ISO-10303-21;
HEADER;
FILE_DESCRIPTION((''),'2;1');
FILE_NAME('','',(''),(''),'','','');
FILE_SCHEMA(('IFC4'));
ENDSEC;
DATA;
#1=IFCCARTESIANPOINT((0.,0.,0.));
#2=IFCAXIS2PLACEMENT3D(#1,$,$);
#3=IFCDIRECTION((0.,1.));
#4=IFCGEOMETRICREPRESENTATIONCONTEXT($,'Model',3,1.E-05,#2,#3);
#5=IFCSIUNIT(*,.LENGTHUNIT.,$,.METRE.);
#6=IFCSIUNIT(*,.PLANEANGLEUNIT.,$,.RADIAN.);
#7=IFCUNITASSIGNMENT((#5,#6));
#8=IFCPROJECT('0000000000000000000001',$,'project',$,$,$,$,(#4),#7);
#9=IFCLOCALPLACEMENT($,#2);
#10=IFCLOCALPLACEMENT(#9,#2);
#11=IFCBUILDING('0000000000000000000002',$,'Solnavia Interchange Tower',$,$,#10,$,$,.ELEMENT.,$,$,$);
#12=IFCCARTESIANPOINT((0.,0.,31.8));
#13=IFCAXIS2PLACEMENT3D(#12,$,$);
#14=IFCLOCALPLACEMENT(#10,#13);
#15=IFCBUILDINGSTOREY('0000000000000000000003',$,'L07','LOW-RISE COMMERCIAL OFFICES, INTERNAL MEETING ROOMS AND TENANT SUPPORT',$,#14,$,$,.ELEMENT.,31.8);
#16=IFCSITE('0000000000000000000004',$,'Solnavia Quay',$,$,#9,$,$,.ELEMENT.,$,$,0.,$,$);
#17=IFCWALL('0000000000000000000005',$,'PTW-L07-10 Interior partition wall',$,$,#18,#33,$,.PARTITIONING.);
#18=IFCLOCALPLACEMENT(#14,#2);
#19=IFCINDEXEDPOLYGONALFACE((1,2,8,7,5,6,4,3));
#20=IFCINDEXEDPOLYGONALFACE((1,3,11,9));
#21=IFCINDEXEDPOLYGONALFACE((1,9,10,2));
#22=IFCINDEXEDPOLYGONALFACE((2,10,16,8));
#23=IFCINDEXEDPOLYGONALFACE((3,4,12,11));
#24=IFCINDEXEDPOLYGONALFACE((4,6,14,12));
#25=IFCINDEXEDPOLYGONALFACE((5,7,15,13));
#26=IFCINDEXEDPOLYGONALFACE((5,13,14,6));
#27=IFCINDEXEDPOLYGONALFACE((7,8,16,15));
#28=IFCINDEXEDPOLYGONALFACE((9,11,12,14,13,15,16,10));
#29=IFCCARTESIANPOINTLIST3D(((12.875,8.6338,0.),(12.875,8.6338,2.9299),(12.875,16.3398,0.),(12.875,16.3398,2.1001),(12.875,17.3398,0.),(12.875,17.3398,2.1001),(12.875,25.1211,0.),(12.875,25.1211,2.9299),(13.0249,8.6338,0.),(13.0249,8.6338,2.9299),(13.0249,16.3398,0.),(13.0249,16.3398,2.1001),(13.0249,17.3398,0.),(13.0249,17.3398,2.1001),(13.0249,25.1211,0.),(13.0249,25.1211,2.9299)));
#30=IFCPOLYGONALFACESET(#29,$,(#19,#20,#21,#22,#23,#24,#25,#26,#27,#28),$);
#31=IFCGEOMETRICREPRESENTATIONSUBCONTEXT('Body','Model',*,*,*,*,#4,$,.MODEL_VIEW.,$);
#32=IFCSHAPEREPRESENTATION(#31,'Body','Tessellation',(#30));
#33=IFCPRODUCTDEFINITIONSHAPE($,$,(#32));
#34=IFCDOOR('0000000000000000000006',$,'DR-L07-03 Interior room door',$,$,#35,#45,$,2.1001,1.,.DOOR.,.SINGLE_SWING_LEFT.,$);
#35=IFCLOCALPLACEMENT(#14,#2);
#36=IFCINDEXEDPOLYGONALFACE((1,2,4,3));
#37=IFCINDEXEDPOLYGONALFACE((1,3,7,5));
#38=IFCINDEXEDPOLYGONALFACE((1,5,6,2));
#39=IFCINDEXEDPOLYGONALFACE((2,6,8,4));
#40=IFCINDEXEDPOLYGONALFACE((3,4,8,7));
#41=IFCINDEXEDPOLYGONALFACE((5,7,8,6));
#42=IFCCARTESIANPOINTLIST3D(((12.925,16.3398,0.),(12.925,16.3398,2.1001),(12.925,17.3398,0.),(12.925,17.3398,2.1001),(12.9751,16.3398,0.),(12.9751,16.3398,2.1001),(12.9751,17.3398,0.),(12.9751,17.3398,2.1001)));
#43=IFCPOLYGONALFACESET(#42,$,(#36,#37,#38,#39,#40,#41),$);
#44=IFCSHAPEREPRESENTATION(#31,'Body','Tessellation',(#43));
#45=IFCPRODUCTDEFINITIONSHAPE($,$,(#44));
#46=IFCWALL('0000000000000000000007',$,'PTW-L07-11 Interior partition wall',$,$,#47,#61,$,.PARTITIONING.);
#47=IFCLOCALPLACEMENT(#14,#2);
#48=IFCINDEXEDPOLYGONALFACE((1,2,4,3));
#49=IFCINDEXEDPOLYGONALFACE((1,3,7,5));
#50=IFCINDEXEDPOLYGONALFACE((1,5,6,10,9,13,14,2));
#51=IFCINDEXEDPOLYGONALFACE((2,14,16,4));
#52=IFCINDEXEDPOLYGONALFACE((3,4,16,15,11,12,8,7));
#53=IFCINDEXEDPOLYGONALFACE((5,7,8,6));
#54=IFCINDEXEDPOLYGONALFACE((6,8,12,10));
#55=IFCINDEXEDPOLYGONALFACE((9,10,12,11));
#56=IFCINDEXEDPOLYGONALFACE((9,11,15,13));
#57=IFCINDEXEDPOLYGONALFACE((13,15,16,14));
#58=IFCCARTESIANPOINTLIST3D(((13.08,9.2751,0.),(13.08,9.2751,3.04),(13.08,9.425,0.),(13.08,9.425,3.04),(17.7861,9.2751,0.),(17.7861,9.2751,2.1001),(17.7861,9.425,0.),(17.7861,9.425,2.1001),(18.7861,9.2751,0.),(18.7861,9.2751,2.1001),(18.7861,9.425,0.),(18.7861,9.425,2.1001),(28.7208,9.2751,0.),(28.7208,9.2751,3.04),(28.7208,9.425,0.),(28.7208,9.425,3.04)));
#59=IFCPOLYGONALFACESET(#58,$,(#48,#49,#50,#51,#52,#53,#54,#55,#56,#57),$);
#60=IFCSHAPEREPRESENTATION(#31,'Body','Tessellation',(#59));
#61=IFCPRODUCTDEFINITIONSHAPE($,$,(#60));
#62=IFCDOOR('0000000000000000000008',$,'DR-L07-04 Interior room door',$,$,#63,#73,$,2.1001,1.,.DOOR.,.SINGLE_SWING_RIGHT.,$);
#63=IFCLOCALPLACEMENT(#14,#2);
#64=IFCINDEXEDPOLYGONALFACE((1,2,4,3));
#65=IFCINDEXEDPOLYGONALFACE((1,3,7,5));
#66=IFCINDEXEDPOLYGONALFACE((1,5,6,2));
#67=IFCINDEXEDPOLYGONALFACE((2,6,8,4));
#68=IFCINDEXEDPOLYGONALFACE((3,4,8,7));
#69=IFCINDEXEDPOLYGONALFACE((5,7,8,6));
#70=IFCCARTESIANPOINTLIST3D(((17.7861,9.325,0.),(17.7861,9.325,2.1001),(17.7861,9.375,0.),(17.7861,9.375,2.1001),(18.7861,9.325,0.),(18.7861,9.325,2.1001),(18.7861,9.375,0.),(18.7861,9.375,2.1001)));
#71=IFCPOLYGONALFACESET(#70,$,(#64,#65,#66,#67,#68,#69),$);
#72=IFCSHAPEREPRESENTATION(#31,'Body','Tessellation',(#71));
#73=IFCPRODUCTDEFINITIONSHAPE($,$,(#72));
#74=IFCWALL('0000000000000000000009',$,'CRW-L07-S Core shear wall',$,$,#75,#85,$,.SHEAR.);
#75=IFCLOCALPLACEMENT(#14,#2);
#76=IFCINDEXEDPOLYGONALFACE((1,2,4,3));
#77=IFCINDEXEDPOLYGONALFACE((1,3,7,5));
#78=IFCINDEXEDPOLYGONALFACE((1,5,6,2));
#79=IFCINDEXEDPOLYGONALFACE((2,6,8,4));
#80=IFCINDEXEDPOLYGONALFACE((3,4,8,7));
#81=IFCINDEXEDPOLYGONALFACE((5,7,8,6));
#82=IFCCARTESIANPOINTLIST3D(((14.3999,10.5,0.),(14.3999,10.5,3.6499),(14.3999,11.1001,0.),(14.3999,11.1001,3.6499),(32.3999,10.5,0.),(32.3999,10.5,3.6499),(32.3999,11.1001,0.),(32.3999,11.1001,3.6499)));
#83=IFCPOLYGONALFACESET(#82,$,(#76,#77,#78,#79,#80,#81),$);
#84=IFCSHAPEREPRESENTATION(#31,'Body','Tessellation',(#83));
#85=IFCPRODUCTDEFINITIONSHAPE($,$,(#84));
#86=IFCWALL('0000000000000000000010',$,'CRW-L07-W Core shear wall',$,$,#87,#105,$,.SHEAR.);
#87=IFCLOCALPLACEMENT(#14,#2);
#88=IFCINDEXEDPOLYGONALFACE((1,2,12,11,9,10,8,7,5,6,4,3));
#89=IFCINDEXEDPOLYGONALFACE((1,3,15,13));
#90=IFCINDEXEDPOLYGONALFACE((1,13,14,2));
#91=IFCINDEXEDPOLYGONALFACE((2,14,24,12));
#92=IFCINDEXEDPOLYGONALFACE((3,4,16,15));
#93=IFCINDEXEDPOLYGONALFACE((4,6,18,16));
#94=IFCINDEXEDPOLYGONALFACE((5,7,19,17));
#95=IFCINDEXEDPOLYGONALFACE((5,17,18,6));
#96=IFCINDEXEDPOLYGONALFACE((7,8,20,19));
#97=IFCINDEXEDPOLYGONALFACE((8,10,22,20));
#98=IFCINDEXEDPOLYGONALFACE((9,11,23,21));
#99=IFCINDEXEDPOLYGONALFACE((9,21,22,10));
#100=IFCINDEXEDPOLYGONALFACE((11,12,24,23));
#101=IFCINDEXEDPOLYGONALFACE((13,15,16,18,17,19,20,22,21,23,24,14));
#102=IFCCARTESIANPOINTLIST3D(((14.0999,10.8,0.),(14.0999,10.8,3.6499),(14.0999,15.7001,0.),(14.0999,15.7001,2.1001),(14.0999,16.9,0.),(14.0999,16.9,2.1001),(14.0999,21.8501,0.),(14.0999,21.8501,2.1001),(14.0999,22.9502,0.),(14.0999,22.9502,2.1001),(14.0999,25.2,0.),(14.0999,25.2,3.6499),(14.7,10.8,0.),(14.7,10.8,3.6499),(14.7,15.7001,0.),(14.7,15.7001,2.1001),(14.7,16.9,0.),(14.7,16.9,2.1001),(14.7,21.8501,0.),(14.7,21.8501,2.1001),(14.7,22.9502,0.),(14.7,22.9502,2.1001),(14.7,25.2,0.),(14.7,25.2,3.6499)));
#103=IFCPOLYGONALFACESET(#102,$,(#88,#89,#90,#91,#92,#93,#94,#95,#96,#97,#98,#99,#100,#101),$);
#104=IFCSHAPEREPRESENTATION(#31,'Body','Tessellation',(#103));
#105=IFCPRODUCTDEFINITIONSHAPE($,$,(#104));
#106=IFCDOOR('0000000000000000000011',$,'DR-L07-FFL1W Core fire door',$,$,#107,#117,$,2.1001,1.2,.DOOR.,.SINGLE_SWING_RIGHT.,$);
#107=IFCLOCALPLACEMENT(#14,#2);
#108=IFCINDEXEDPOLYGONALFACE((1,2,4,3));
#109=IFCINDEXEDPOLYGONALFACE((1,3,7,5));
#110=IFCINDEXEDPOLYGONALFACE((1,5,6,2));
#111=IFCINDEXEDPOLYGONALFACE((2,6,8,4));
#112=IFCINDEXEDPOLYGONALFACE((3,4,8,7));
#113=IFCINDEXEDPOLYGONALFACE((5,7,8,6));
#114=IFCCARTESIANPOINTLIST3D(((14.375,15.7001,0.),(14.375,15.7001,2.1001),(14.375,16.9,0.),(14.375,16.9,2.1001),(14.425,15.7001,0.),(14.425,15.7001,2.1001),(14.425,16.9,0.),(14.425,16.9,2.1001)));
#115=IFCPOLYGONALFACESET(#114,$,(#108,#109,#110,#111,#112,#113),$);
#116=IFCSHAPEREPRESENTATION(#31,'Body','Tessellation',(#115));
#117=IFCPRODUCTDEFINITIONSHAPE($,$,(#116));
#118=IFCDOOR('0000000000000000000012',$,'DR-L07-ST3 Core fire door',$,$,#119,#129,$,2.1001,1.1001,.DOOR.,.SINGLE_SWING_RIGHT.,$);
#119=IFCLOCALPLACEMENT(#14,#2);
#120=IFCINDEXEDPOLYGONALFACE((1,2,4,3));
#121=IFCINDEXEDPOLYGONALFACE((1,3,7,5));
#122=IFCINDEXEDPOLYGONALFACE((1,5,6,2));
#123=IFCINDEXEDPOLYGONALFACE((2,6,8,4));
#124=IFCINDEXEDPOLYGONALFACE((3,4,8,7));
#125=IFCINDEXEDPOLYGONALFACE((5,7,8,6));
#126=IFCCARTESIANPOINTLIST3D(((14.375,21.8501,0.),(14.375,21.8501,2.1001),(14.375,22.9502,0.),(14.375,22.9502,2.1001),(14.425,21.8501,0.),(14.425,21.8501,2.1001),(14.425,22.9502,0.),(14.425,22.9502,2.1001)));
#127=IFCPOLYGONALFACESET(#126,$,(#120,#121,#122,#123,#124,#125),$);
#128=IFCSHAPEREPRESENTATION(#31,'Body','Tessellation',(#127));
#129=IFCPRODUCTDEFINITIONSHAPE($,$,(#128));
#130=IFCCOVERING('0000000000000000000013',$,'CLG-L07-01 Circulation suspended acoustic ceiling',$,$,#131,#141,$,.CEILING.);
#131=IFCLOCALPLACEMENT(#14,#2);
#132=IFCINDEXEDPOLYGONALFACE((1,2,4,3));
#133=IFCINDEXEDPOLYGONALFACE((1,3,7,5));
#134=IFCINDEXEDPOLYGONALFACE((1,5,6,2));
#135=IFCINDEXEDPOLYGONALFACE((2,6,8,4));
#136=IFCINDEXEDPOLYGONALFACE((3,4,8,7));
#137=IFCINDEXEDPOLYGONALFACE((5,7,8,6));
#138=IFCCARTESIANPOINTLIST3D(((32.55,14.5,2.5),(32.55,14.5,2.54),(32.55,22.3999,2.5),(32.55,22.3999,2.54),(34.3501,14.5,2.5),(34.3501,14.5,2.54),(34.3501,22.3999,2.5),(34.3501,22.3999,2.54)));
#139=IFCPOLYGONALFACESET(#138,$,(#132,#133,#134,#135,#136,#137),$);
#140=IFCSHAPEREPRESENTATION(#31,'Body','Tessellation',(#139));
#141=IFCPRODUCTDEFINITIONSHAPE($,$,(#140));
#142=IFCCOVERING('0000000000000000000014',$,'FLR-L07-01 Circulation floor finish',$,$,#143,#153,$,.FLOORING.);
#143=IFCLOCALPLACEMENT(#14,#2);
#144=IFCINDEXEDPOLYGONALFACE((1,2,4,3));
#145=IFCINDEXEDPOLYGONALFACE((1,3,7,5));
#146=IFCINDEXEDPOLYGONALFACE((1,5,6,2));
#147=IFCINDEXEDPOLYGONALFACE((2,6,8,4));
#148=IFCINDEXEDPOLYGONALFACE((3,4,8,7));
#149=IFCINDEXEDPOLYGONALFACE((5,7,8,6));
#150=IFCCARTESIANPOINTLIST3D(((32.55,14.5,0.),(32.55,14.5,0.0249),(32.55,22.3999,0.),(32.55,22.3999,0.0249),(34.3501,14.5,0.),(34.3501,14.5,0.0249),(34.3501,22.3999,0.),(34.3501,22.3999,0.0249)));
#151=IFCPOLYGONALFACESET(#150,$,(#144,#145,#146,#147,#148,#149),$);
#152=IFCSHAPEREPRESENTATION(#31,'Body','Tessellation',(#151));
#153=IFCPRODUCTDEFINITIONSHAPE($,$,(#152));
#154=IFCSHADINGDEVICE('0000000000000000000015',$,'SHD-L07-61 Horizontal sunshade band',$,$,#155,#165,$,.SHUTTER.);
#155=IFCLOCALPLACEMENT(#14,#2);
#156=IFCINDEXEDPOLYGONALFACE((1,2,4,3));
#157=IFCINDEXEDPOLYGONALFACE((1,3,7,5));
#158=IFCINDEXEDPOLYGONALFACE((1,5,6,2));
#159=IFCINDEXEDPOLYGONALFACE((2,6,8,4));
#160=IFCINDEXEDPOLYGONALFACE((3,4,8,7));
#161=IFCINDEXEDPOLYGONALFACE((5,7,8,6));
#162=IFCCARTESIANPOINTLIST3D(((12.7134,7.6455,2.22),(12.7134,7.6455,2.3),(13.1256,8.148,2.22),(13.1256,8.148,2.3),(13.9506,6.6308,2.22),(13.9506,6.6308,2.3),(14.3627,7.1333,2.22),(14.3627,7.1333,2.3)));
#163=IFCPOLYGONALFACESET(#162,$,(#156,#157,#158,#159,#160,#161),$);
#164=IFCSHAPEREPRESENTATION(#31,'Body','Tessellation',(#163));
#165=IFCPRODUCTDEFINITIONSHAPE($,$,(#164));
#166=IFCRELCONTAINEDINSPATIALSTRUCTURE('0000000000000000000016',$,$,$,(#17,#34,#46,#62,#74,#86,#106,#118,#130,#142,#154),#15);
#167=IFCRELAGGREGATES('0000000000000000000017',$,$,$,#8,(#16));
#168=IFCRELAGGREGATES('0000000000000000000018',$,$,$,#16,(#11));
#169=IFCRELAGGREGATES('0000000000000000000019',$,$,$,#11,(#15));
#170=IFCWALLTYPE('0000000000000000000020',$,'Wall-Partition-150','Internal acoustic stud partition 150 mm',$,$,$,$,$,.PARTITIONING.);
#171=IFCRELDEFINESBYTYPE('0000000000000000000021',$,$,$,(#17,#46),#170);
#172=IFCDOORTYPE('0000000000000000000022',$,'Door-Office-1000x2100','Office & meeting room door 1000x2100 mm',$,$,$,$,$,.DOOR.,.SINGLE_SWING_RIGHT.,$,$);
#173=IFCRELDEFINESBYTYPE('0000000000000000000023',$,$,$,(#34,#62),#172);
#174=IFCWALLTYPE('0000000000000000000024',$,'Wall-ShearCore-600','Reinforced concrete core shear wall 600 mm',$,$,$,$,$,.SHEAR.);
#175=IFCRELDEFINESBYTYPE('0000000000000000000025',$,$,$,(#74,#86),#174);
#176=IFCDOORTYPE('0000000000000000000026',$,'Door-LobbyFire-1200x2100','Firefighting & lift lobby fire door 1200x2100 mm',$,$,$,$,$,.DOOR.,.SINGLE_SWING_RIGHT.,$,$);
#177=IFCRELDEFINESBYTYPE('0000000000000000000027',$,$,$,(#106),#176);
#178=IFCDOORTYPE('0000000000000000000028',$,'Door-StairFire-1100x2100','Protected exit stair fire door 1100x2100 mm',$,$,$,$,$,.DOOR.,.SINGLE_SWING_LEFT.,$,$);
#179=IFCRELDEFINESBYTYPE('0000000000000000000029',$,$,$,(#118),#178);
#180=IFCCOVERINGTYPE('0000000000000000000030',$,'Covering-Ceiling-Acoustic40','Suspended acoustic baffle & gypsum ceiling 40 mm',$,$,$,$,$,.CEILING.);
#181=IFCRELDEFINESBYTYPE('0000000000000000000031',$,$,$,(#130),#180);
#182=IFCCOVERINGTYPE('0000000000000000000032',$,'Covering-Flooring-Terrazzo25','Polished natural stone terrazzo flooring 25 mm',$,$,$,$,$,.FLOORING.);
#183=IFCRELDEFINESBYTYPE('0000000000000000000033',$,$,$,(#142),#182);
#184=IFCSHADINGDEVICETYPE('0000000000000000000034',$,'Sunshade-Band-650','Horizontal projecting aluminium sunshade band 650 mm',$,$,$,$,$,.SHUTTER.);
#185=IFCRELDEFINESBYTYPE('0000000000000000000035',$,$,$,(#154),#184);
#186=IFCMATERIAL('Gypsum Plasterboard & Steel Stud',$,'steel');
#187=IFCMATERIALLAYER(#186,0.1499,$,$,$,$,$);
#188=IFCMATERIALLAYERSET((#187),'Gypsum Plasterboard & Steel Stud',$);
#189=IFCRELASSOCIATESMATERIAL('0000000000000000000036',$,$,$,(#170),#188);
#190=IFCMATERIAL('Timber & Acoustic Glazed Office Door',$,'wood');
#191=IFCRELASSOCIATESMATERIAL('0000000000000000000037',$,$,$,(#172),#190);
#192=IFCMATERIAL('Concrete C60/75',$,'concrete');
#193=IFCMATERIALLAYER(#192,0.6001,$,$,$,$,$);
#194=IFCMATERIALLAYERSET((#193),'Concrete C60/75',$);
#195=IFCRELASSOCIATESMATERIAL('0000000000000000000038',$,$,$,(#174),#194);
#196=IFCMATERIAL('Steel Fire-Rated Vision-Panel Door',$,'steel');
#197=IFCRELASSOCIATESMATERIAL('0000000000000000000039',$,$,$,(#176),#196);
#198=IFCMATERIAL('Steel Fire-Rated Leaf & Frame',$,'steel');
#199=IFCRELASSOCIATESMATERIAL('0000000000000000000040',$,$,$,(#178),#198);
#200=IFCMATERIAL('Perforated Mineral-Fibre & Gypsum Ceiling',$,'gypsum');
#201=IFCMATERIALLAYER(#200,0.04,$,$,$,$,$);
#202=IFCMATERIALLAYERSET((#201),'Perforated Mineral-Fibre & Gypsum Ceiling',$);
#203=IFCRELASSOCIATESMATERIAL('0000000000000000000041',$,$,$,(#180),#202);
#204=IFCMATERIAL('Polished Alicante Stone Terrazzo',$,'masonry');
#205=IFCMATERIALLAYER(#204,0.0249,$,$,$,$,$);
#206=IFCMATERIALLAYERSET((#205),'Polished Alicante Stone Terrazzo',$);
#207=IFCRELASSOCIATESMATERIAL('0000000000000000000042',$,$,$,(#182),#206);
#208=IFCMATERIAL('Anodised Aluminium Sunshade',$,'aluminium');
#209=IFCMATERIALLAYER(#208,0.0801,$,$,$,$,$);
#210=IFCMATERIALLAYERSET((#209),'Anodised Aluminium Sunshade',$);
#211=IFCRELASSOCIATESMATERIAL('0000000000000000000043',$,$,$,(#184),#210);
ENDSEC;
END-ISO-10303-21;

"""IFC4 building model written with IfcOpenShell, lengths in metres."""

from ifc_helpers import new_model, si_unit, direction, frame, frame_2d, origin, origin_2d, place, context, subcontext, project, spatial, polyline, rectangle, outline, extrude, material, layer, layer_set, type_object, element, fill, save


model = new_model("IFC4")

# Units and contexts
model_context = context("Model", 3, precision=1e-05, world=origin(), true_north=direction((0.0, 1.0)))
body_context = subcontext(model_context, "Body", "Model", "MODEL_VIEW")
ifc_project = project(units=[si_unit("LENGTHUNIT", "METRE"), si_unit("PLANEANGLEUNIT", "RADIAN")], contexts=[model_context])

# Site, building, storey
site_placement = place(None, origin())
site = spatial("IfcSite", under=ifc_project, at=site_placement, Name="Solnavia Quay", CompositionType="ELEMENT", RefElevation=0.0)
building_placement = place(site_placement, origin())
building = spatial("IfcBuilding", under=site, at=building_placement, Name="Solnavia Interchange Tower", CompositionType="ELEMENT")
storey_placement = place(building_placement, frame((0.0, 0.0, 31.8)))
storey = spatial("IfcBuildingStorey", under=building, at=storey_placement, Name="L07", Description="LOW-RISE COMMERCIAL OFFICES, INTERNAL MEETING ROOMS AND TENANT SUPPORT", CompositionType="ELEMENT", Elevation=31.8)

# Shared definitions
ifc_material_1 = material(Name="Concrete C60/75", Category="concrete")

# Shared definitions
ifc_material_2 = material(Name="Gypsum Plasterboard & Steel Stud", Category="steel")
ifc_layer_1 = layer(ifc_material_2, 0.1499)
ifc_layer_set_1 = layer_set([ifc_layer_1], Name="Gypsum Plasterboard & Steel Stud")
wall_type_1 = type_object("IfcWallType", Name="Wall-Partition-150", Description="Internal acoustic stud partition 150 mm", PredefinedType="PARTITIONING", material=ifc_layer_set_1)

# Walls, openings, doors
wall_1_placement = place(storey_placement, frame((12.95, 8.6338, 0.0), z_axis=(0.0, 0.0, 1.0), x_axis=(0.0, 1.0, 0.0)))
wall_1 = element("IfcWall", 1, at=wall_1_placement, inside=storey, type_object=wall_type_1, Name="PTW-L07-10 Interior partition wall", PredefinedType="PARTITIONING", context=body_context, shape_type="SweptSolid", body=[
    extrude(rectangle(XDim=16.4873, YDim=0.1499, at=frame_2d((8.2437, 0.0))), origin(), (0.0, 0.0, 1.0), 2.9299),
])
opening_1_placement = place(wall_1_placement, frame((7.7061, 0.0, 0.0)))
opening_1 = element("IfcOpeningElement", 2, at=opening_1_placement, cuts=wall_1, PredefinedType="OPENING", context=body_context, shape_type="SweptSolid", body=[
    extrude(rectangle(XDim=1.0, YDim=2.1001, at=frame_2d((0.5, 1.05))), frame((0.0, 0.085, 0.0), z_axis=(0.0, -1.0, 0.0), x_axis=(1.0, 0.0, 0.0)), (0.0, 0.0, 1.0), 0.1699),
])
ifc_material_3 = material(Name="Timber & Acoustic Glazed Office Door", Category="wood")
door_type_1 = type_object("IfcDoorType", Name="Door-Office-1000x2100", Description="Office & meeting room door 1000x2100 mm", OperationType="SINGLE_SWING_RIGHT", PredefinedType="DOOR", material=ifc_material_3)
door_1_placement = place(opening_1_placement, origin())
door_1 = element("IfcDoor", 3, at=door_1_placement, inside=storey, type_object=door_type_1, Name="DR-L07-03 Interior room door", OperationType="SINGLE_SWING_LEFT", OverallHeight=2.1001, OverallWidth=1.0, PredefinedType="DOOR", context=body_context, shape_type="SweptSolid", body=[
    extrude(rectangle(XDim=1.0, YDim=2.1001, at=frame_2d((0.5, 1.05))), frame((0.0, 0.0249, 0.0), z_axis=(0.0, -1.0, 0.0), x_axis=(1.0, 0.0, 0.0)), (0.0, 0.0, 1.0), 0.05),
])
fill(opening_1, door_1)
wall_2_placement = place(storey_placement, frame((13.0801, 9.3501, 0.0), z_axis=(0.0, 0.0, 1.0), x_axis=(1.0, 0.0, 0.0)))
wall_2 = element("IfcWall", 4, at=wall_2_placement, inside=storey, type_object=wall_type_1, Name="PTW-L07-11 Interior partition wall", PredefinedType="PARTITIONING", context=body_context, shape_type="SweptSolid", body=[
    extrude(rectangle(XDim=15.6409, YDim=0.1499, at=frame_2d((7.8203, 0.0))), origin(), (0.0, 0.0, 1.0), 3.04),
])
opening_2_placement = place(wall_2_placement, frame((4.7061, 0.0, 0.0)))
opening_2 = element("IfcOpeningElement", 5, at=opening_2_placement, cuts=wall_2, PredefinedType="OPENING", context=body_context, shape_type="SweptSolid", body=[
    extrude(rectangle(XDim=1.0, YDim=2.1001, at=frame_2d((0.5, 1.05))), frame((0.0, 0.085, 0.0), z_axis=(0.0, -1.0, 0.0), x_axis=(1.0, 0.0, 0.0)), (0.0, 0.0, 1.0), 0.1699),
])
door_2_placement = place(opening_2_placement, origin())
door_2 = element("IfcDoor", 6, at=door_2_placement, inside=storey, type_object=door_type_1, Name="DR-L07-04 Interior room door", OperationType="SINGLE_SWING_RIGHT", OverallHeight=2.1001, OverallWidth=1.0, PredefinedType="DOOR", context=body_context, shape_type="SweptSolid", body=[
    extrude(rectangle(XDim=1.0, YDim=2.1001, at=frame_2d((0.5, 1.05))), frame((0.0, 0.0249, 0.0), z_axis=(0.0, -1.0, 0.0), x_axis=(1.0, 0.0, 0.0)), (0.0, 0.0, 1.0), 0.05),
])
fill(opening_2, door_2)

# Wall
ifc_layer_2 = layer(ifc_material_1, 0.6001)
ifc_layer_set_2 = layer_set([ifc_layer_2], Name="Concrete C60/75")
wall_type_2 = type_object("IfcWallType", Name="Wall-ShearCore-600", Description="Reinforced concrete core shear wall 600 mm", PredefinedType="SHEAR", material=ifc_layer_set_2)
wall_3_placement = place(storey_placement, frame((14.3999, 10.8, 0.0), z_axis=(0.0, 0.0, 1.0), x_axis=(1.0, 0.0, 0.0)))
element("IfcWall", 7, at=wall_3_placement, inside=storey, type_object=wall_type_2, Name="CRW-L07-S Core shear wall", PredefinedType="SHEAR", context=body_context, shape_type="SweptSolid", body=[
    extrude(rectangle(XDim=18.0, YDim=0.6001, at=frame_2d((9.0, 0.0))), origin(), (0.0, 0.0, 1.0), 3.6499),
])

# Wall, openings, doors
wall_4_placement = place(storey_placement, frame((14.3999, 10.8, 0.0), z_axis=(0.0, 0.0, 1.0), x_axis=(0.0, 1.0, 0.0)))
wall_4 = element("IfcWall", 8, at=wall_4_placement, inside=storey, type_object=wall_type_2, Name="CRW-L07-W Core shear wall", PredefinedType="SHEAR", context=body_context, shape_type="SweptSolid", body=[
    extrude(rectangle(XDim=14.3999, YDim=0.6001, at=frame_2d((7.2, 0.0))), origin(), (0.0, 0.0, 1.0), 3.6499),
])
opening_3_placement = place(wall_4_placement, frame((11.05, 0.0, 0.0)))
opening_3 = element("IfcOpeningElement", 9, at=opening_3_placement, cuts=wall_4, PredefinedType="OPENING", context=body_context, shape_type="SweptSolid", body=[
    extrude(rectangle(XDim=1.1001, YDim=2.1001, at=frame_2d((0.55, 1.05))), frame((0.0, 0.3101, 0.0), z_axis=(0.0, -1.0, 0.0), x_axis=(1.0, 0.0, 0.0)), (0.0, 0.0, 1.0), 0.6201),
])
opening_4_placement = place(wall_4_placement, frame((4.8999, 0.0, 0.0)))
opening_4 = element("IfcOpeningElement", 10, at=opening_4_placement, cuts=wall_4, PredefinedType="OPENING", context=body_context, shape_type="SweptSolid", body=[
    extrude(rectangle(XDim=1.2, YDim=2.1001, at=frame_2d((0.6001, 1.05))), frame((0.0, 0.3101, 0.0), z_axis=(0.0, -1.0, 0.0), x_axis=(1.0, 0.0, 0.0)), (0.0, 0.0, 1.0), 0.6201),
])
ifc_material_4 = material(Name="Steel Fire-Rated Vision-Panel Door", Category="steel")
door_type_2 = type_object("IfcDoorType", Name="Door-LobbyFire-1200x2100", Description="Firefighting & lift lobby fire door 1200x2100 mm", OperationType="SINGLE_SWING_RIGHT", PredefinedType="DOOR", material=ifc_material_4)
door_3_placement = place(opening_4_placement, origin())
door_3 = element("IfcDoor", 11, at=door_3_placement, inside=storey, type_object=door_type_2, Name="DR-L07-FFL1W Core fire door", OperationType="SINGLE_SWING_RIGHT", OverallHeight=2.1001, OverallWidth=1.2, PredefinedType="DOOR", context=body_context, shape_type="SweptSolid", body=[
    extrude(rectangle(XDim=1.2, YDim=2.1001, at=frame_2d((0.6001, 1.05))), frame((0.0, 0.0249, 0.0), z_axis=(0.0, -1.0, 0.0), x_axis=(1.0, 0.0, 0.0)), (0.0, 0.0, 1.0), 0.05),
])
fill(opening_4, door_3)
ifc_material_5 = material(Name="Steel Fire-Rated Leaf & Frame", Category="steel")
door_type_3 = type_object("IfcDoorType", Name="Door-StairFire-1100x2100", Description="Protected exit stair fire door 1100x2100 mm", OperationType="SINGLE_SWING_LEFT", PredefinedType="DOOR", material=ifc_material_5)
door_4_placement = place(opening_3_placement, origin())
door_4 = element("IfcDoor", 12, at=door_4_placement, inside=storey, type_object=door_type_3, Name="DR-L07-ST3 Core fire door", OperationType="SINGLE_SWING_RIGHT", OverallHeight=2.1001, OverallWidth=1.1001, PredefinedType="DOOR", context=body_context, shape_type="SweptSolid", body=[
    extrude(rectangle(XDim=1.1001, YDim=2.1001, at=frame_2d((0.55, 1.05))), frame((0.0, 0.0249, 0.0), z_axis=(0.0, -1.0, 0.0), x_axis=(1.0, 0.0, 0.0)), (0.0, 0.0, 1.0), 0.05),
])
fill(opening_3, door_4)

# Coverings
ifc_material_6 = material(Name="Perforated Mineral-Fibre & Gypsum Ceiling", Category="gypsum")
ifc_layer_3 = layer(ifc_material_6, 0.04)
ifc_layer_set_3 = layer_set([ifc_layer_3], Name="Perforated Mineral-Fibre & Gypsum Ceiling")
covering_type_1 = type_object("IfcCoveringType", Name="Covering-Ceiling-Acoustic40", Description="Suspended acoustic baffle & gypsum ceiling 40 mm", PredefinedType="CEILING", material=ifc_layer_set_3)
covering_1_placement = place(storey_placement, frame((0.0, 0.0, 2.5)))
element("IfcCovering", 13, at=covering_1_placement, inside=storey, type_object=covering_type_1, Name="CLG-L07-01 Circulation suspended acoustic ceiling", PredefinedType="CEILING", context=body_context, shape_type="SweptSolid", body=[
    extrude(outline(polyline([(32.55, 14.5), (34.3501, 14.5), (34.3501, 22.3999), (32.55, 22.3999), (32.55, 14.5)])), origin(), (0.0, 0.0, 1.0), 0.04),
])
ifc_material_7 = material(Name="Polished Alicante Stone Terrazzo", Category="masonry")
ifc_layer_4 = layer(ifc_material_7, 0.0249)
ifc_layer_set_4 = layer_set([ifc_layer_4], Name="Polished Alicante Stone Terrazzo")
covering_type_2 = type_object("IfcCoveringType", Name="Covering-Flooring-Terrazzo25", Description="Polished natural stone terrazzo flooring 25 mm", PredefinedType="FLOORING", material=ifc_layer_set_4)
covering_2_placement = place(storey_placement, origin())
element("IfcCovering", 14, at=covering_2_placement, inside=storey, type_object=covering_type_2, Name="FLR-L07-01 Circulation floor finish", PredefinedType="FLOORING", context=body_context, shape_type="SweptSolid", body=[
    extrude(outline(polyline([(32.55, 14.5), (34.3501, 14.5), (34.3501, 22.3999), (32.55, 22.3999), (32.55, 14.5)])), origin(), (0.0, 0.0, 1.0), 0.0249),
])

# Shading device
ifc_material_8 = material(Name="Anodised Aluminium Sunshade", Category="aluminium")
ifc_layer_5 = layer(ifc_material_8, 0.0801)
ifc_layer_set_5 = layer_set([ifc_layer_5], Name="Anodised Aluminium Sunshade")
shading_device_type = type_object("IfcShadingDeviceType", Name="Sunshade-Band-650", Description="Horizontal projecting aluminium sunshade band 650 mm", PredefinedType="SHUTTER", material=ifc_layer_set_5)
shading_device_placement = place(storey_placement, frame((13.5381, 7.3894, 2.22), z_axis=(0.0, 0.0, 1.0), x_axis=(-0.773177, 0.634191, 0.0)))
element("IfcShadingDevice", 15, at=shading_device_placement, inside=storey, type_object=shading_device_type, Name="SHD-L07-61 Horizontal sunshade band", PredefinedType="SHUTTER", context=body_context, shape_type="SweptSolid", body=[
    extrude(rectangle(XDim=1.6001, YDim=0.6499, at=origin_2d()), origin(), (0.0, 0.0, 1.0), 0.0801),
])

save(model, "model.ifc")
